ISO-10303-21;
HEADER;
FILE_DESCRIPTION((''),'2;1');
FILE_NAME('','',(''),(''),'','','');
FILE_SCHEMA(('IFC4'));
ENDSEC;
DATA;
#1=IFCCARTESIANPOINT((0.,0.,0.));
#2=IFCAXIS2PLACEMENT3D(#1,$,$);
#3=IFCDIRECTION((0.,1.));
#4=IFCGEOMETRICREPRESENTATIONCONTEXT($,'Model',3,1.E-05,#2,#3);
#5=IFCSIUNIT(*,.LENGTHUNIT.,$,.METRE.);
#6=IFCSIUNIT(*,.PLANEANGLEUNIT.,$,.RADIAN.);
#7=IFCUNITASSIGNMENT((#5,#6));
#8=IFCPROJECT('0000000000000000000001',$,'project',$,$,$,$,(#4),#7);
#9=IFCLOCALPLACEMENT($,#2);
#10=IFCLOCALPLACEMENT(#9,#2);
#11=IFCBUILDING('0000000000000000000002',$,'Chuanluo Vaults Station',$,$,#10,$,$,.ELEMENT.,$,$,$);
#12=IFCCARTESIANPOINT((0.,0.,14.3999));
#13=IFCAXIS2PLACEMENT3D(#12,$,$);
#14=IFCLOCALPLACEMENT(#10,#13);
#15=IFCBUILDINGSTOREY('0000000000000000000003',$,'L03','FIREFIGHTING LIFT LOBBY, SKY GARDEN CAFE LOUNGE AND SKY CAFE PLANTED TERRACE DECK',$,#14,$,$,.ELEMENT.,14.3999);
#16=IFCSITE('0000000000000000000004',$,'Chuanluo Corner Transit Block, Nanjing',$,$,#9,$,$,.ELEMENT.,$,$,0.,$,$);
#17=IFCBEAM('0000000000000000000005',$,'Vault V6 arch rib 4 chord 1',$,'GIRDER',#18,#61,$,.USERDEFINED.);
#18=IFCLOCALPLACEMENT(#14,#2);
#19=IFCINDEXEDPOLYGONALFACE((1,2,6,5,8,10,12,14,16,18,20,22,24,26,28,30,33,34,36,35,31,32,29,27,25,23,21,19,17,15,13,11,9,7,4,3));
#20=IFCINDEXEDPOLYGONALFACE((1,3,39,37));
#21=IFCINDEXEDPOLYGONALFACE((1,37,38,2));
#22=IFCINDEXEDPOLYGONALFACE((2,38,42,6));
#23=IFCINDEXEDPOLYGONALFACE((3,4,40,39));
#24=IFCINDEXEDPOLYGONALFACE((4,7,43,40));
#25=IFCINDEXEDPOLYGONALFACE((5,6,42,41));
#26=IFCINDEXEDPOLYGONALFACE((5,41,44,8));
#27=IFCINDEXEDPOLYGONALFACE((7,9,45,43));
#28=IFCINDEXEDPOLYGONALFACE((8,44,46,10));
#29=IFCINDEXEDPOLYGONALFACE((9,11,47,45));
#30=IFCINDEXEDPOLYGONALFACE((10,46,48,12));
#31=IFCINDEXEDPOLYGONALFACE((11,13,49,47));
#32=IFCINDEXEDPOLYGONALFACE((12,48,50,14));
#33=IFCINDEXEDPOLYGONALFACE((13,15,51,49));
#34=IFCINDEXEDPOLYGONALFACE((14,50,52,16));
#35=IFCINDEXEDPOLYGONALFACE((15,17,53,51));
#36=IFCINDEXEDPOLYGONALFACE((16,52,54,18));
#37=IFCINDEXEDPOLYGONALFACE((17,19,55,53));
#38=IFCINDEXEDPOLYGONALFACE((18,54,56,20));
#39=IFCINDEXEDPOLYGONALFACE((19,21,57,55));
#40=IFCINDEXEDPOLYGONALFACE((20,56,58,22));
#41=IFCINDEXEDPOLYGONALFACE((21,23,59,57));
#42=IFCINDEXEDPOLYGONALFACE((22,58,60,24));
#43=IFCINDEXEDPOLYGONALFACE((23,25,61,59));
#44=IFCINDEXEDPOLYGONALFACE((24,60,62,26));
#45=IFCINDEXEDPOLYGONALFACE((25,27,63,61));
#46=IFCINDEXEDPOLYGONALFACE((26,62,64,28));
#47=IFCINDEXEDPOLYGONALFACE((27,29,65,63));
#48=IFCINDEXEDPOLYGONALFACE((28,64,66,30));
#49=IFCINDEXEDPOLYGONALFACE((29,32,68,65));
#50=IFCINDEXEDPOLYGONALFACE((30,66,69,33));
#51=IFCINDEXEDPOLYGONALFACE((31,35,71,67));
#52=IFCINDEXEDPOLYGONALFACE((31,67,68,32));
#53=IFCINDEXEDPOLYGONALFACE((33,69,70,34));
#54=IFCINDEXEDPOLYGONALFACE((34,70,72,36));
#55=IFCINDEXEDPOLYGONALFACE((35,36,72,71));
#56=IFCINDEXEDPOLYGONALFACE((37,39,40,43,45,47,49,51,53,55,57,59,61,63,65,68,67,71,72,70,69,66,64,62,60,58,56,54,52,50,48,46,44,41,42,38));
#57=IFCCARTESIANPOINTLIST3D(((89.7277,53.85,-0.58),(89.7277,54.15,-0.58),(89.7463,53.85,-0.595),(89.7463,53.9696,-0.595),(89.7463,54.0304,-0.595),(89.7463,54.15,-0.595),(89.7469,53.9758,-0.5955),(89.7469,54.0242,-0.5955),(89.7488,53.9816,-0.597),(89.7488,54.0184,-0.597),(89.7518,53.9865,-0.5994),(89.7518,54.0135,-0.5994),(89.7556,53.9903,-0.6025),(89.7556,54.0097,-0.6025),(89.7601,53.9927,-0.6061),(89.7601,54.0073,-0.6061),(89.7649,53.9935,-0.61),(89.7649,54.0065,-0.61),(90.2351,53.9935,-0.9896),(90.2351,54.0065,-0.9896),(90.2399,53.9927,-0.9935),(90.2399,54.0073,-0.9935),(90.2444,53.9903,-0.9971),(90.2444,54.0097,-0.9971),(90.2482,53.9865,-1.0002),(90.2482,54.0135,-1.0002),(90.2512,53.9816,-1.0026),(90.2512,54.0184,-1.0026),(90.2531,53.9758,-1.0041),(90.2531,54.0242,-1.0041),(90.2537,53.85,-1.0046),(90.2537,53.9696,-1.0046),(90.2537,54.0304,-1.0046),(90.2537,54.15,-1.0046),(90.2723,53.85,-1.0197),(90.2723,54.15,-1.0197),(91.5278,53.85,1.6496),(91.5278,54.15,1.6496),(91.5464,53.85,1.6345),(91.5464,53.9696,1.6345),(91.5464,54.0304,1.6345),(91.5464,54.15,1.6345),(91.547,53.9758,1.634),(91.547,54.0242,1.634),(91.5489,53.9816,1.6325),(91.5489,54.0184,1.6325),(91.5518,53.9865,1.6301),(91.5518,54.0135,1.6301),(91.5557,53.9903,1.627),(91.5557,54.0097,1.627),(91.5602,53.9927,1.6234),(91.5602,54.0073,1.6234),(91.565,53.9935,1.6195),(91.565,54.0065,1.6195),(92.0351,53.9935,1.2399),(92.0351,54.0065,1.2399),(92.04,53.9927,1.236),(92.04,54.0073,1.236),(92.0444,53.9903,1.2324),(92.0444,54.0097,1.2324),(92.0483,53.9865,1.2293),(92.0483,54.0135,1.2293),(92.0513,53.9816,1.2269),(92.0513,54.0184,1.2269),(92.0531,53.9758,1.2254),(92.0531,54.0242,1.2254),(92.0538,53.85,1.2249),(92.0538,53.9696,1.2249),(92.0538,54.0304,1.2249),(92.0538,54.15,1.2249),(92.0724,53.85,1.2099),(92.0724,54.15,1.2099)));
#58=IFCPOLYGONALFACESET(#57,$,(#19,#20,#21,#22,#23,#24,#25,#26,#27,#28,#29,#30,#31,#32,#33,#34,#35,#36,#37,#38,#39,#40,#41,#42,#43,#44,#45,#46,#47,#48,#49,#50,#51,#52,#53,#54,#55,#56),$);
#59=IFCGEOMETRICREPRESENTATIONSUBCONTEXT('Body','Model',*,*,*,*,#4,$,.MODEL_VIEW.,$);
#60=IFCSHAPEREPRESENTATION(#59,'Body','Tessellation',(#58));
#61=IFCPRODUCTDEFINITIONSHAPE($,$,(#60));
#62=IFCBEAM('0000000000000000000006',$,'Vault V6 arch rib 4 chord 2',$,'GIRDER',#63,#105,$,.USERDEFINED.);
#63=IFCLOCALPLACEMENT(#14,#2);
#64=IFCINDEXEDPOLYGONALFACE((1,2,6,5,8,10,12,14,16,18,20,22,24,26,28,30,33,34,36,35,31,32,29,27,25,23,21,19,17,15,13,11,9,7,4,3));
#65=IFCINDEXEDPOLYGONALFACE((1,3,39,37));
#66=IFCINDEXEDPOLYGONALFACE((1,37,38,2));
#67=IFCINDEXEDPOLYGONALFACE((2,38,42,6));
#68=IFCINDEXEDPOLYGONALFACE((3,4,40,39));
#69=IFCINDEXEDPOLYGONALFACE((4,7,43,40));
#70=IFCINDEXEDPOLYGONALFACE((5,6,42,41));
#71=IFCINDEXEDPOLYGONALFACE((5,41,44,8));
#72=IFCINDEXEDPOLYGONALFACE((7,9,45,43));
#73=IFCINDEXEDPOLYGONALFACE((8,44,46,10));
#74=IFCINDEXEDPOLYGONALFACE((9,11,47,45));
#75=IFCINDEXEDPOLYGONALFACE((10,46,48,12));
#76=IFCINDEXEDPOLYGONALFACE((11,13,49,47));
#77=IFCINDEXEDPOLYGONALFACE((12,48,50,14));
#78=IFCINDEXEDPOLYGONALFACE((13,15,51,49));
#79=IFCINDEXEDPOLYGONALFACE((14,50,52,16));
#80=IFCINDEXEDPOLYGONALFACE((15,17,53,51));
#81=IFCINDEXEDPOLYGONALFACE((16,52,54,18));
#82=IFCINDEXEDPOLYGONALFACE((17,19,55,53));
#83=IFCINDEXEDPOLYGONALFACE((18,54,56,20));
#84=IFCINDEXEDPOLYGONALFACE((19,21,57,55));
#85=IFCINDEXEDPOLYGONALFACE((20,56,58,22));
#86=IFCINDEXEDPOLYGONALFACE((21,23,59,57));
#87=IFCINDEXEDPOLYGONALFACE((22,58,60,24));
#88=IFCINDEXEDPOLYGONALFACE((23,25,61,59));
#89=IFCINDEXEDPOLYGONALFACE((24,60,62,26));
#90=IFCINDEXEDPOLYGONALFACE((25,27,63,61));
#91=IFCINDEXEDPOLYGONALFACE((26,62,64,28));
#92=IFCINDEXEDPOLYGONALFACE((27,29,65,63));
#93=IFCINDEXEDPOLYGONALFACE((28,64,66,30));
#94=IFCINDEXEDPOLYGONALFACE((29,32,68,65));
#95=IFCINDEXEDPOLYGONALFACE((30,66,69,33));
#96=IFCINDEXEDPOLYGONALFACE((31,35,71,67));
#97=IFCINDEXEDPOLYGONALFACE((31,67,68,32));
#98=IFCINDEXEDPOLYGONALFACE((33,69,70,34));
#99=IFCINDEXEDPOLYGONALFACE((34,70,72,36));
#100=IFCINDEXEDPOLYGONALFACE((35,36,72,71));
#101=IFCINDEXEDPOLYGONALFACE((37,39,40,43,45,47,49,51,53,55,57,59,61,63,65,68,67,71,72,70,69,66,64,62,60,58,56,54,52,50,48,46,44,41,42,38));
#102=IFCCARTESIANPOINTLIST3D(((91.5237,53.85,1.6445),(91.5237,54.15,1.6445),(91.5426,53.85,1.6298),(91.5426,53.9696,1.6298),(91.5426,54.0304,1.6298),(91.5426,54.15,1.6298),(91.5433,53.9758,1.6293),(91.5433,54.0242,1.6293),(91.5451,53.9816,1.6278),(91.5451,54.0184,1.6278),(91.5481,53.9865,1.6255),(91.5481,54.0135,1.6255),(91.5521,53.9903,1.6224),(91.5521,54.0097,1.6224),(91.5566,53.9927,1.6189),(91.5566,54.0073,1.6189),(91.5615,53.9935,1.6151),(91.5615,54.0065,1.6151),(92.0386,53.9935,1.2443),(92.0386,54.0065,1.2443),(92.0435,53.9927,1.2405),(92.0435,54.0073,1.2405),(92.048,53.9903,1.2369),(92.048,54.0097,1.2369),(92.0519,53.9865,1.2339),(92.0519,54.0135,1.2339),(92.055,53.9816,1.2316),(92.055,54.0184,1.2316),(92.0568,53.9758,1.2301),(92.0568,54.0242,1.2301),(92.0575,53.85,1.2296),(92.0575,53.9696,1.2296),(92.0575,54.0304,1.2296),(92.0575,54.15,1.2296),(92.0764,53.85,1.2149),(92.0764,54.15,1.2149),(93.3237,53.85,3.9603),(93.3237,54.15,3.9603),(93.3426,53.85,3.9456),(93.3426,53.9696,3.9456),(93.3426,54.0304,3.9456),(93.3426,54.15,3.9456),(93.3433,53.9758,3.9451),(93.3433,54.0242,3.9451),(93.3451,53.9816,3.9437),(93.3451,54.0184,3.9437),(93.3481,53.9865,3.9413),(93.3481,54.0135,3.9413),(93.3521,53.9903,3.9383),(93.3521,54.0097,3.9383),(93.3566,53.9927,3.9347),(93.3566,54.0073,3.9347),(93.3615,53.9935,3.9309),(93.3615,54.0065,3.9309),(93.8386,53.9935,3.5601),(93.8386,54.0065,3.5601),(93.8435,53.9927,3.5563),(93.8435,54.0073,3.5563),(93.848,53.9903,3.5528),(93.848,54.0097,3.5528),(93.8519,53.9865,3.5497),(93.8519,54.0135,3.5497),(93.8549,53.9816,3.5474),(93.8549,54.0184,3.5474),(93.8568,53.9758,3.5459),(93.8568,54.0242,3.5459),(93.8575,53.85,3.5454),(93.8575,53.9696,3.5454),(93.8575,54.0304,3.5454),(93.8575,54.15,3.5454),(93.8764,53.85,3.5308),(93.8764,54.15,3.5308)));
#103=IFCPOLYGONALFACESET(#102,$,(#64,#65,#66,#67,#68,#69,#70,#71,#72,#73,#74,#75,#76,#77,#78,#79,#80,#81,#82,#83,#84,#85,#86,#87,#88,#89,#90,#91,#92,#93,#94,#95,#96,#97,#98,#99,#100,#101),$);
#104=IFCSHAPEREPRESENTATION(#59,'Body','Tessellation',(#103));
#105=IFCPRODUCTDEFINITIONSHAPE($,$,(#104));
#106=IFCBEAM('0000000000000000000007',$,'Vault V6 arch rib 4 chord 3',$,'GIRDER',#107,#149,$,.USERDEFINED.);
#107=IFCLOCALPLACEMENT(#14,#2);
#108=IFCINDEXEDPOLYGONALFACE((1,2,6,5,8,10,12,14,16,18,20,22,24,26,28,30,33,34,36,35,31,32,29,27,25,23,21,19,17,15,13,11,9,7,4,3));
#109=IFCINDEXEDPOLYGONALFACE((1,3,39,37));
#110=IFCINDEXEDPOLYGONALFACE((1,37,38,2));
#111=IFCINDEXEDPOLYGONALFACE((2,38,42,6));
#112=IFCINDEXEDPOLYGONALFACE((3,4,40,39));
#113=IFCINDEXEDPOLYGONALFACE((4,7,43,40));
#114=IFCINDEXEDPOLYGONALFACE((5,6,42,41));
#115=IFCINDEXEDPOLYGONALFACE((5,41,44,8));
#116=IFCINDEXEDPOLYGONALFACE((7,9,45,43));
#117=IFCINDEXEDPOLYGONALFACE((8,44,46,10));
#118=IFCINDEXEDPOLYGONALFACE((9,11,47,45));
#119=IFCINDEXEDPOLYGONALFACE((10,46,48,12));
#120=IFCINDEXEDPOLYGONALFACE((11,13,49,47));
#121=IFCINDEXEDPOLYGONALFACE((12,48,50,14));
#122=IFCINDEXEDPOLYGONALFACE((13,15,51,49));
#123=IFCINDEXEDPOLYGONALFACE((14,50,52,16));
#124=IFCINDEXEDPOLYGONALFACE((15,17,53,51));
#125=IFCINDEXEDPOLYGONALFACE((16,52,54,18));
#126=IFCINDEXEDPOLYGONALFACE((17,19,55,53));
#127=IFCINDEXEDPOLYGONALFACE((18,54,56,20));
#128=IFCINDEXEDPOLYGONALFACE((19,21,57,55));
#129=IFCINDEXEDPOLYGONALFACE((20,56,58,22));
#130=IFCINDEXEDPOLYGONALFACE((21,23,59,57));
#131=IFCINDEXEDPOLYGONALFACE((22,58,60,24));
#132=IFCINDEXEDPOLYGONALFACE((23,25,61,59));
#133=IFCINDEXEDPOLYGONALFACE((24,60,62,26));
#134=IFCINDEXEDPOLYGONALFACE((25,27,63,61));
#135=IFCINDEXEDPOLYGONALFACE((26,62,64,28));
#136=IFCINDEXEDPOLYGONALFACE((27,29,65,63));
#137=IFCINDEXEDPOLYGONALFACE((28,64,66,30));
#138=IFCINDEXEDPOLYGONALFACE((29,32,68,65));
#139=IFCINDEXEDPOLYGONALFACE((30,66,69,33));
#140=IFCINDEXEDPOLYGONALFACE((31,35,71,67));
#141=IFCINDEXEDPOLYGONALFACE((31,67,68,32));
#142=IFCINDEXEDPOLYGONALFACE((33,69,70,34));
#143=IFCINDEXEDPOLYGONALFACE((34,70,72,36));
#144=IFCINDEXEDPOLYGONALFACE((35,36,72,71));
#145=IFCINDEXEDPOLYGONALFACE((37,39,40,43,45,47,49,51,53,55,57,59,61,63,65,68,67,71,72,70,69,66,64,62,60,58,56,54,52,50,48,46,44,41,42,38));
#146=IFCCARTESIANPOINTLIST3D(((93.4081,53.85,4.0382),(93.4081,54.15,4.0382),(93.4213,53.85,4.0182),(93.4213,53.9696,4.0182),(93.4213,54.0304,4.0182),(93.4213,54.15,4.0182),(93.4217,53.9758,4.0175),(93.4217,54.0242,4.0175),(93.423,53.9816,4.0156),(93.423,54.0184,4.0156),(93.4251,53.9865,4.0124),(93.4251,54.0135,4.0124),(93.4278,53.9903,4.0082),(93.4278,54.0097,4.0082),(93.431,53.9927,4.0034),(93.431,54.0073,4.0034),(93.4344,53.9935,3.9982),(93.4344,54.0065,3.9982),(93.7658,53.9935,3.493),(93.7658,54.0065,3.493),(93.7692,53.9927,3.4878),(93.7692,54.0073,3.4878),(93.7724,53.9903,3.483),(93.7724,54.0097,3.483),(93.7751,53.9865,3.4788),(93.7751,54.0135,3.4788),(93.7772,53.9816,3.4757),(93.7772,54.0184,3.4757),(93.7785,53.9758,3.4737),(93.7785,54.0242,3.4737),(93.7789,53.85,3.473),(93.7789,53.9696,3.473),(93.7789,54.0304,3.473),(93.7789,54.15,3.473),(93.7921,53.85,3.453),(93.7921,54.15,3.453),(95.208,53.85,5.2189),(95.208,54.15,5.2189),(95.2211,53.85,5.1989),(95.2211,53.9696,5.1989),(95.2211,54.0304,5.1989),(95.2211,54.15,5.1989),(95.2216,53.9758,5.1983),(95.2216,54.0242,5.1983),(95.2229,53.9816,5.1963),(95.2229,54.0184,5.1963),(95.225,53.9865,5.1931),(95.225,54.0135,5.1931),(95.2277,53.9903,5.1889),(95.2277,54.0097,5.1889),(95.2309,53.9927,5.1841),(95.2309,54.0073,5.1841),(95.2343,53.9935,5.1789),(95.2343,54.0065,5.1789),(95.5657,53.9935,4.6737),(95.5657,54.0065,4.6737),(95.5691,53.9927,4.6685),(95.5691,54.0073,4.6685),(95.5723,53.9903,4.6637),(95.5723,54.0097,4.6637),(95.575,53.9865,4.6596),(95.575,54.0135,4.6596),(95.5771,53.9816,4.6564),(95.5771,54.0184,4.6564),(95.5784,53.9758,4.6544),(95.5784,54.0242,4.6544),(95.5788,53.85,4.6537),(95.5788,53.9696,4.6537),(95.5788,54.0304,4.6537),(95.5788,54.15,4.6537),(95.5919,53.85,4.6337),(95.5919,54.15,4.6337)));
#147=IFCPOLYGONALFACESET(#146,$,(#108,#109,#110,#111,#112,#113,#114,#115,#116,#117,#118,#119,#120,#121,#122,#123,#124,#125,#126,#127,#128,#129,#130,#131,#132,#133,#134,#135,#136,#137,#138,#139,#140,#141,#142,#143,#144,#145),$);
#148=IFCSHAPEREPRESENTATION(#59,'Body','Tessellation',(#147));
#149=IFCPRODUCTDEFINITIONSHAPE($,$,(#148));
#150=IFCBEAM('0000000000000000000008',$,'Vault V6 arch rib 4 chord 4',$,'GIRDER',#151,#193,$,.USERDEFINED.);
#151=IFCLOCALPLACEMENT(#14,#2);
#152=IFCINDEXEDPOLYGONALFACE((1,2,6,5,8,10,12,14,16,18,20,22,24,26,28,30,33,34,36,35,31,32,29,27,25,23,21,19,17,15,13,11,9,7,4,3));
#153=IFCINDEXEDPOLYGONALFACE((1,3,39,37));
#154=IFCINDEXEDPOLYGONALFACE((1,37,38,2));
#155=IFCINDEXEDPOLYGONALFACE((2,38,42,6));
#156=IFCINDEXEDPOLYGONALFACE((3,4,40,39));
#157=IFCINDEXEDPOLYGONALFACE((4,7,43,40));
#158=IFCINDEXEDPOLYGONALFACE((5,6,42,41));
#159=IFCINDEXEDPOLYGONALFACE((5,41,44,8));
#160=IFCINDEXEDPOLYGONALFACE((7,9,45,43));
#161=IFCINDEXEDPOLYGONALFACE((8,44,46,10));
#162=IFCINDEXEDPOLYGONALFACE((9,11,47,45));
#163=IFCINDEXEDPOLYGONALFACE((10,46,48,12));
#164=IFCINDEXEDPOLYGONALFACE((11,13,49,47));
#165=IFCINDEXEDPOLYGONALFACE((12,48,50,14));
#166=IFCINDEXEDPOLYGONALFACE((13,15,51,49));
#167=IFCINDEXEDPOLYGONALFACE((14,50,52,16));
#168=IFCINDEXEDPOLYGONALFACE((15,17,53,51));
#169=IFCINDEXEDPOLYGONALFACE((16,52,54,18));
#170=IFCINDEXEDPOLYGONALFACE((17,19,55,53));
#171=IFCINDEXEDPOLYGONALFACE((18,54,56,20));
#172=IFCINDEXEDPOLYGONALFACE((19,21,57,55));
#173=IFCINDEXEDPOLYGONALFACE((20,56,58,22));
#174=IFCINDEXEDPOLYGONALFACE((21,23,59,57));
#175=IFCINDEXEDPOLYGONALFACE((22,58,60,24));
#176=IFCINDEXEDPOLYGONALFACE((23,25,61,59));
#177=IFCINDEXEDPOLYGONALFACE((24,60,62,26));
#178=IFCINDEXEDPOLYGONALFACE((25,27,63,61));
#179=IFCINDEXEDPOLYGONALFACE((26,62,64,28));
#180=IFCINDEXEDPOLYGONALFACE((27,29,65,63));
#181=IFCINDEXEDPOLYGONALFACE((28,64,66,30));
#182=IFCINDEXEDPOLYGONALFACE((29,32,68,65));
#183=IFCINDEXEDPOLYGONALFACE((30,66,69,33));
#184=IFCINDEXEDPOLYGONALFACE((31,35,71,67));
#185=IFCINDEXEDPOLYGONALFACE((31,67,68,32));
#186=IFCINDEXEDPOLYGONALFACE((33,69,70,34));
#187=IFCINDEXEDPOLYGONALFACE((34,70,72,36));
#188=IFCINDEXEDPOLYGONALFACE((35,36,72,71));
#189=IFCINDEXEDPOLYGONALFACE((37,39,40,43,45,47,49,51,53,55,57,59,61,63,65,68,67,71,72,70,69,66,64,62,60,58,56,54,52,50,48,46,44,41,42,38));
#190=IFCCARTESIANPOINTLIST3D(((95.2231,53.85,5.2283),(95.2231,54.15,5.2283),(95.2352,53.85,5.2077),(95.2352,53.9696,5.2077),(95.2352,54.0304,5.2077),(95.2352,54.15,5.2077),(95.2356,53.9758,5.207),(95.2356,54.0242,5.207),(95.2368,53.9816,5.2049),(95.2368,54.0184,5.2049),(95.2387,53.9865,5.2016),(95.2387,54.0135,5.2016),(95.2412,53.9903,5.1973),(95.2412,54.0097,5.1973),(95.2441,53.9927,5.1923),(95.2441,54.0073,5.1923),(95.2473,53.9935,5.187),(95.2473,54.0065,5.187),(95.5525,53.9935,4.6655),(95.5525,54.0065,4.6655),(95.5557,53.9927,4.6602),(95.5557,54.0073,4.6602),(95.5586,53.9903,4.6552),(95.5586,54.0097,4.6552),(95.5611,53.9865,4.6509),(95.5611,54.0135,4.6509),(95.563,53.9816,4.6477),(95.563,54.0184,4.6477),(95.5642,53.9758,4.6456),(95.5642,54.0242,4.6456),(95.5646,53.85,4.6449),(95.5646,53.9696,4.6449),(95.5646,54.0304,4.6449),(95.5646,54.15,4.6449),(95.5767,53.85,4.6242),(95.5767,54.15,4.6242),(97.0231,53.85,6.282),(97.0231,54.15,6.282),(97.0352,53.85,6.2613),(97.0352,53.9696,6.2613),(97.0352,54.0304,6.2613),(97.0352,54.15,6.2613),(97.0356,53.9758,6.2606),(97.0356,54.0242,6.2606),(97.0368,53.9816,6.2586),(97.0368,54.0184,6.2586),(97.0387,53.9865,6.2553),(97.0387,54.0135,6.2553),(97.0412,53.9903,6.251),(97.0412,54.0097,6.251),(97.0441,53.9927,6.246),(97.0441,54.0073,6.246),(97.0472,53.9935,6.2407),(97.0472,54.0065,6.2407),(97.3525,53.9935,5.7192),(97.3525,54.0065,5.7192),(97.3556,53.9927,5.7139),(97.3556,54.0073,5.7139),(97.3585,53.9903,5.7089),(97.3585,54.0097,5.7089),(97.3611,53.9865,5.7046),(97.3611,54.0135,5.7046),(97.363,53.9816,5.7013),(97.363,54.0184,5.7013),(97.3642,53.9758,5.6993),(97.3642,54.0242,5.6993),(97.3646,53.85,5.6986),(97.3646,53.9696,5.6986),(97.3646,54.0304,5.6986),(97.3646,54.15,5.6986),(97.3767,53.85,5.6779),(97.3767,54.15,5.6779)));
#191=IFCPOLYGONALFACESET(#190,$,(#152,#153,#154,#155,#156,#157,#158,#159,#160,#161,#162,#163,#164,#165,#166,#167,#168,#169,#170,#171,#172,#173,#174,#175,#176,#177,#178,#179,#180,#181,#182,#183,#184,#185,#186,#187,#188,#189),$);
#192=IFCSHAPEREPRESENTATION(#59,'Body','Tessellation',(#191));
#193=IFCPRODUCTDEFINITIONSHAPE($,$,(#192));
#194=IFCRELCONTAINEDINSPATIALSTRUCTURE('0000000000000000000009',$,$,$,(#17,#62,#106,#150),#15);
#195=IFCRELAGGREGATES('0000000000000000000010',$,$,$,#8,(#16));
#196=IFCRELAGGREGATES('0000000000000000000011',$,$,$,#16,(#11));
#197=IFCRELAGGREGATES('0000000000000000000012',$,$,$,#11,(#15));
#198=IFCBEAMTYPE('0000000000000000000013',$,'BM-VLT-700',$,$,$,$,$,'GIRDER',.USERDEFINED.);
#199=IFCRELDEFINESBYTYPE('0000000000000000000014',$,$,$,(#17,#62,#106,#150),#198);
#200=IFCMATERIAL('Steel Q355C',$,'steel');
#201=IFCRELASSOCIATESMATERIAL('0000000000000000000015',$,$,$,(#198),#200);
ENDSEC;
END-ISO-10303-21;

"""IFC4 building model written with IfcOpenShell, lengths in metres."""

from ifc_helpers import new_model, si_unit, direction, frame, origin, origin_2d, place, context, subcontext, project, spatial, i_section, extrude, material, material_profile, profile_set, type_object, element, save


model = new_model("IFC4")

# Units and contexts
model_context = context("Model", 3, precision=1e-05, world=origin(), true_north=direction((0.0, 1.0)))
body_context = subcontext(model_context, "Body", "Model", "MODEL_VIEW")
ifc_project = project(units=[si_unit("LENGTHUNIT", "METRE"), si_unit("PLANEANGLEUNIT", "RADIAN")], contexts=[model_context])

# Site, building, storey
site_placement = place(None, origin())
site = spatial("IfcSite", under=ifc_project, at=site_placement, Name="Chuanluo Corner Transit Block, Nanjing", CompositionType="ELEMENT", RefElevation=0.0)
building_placement = place(site_placement, origin())
building = spatial("IfcBuilding", under=site, at=building_placement, Name="Chuanluo Vaults Station", CompositionType="ELEMENT")
storey_placement = place(building_placement, frame((0.0, 0.0, 14.3999)))
storey = spatial("IfcBuildingStorey", under=building, at=storey_placement, Name="L03", Description="FIREFIGHTING LIFT LOBBY, SKY GARDEN CAFE LOUNGE AND SKY CAFE PLANTED TERRACE DECK", CompositionType="ELEMENT", Elevation=14.3999)

# Beams
ifc_material_1 = material(Name="Steel Q355C", Category="steel")
ifc_material_profile_1 = material_profile(ifc_material_1, i_section(OverallWidth=0.3, OverallDepth=0.7, WebThickness=0.0129, FlangeThickness=0.0239, FilletRadius=0.0239, at=origin_2d()))
ifc_profile_set_1 = profile_set([ifc_material_profile_1], Name="Steel Q355C")
beam_type = type_object("IfcBeamType", Name="BM-VLT-700", ElementType="GIRDER", PredefinedType="USERDEFINED", material=ifc_profile_set_1)
beam_1_placement = place(storey_placement, frame((90.0, 54.0, -0.7998), z_axis=(0.62819, 0.0, 0.77806), x_axis=(0.0, 1.0, 0.0)))
element("IfcBeam", 1, at=beam_1_placement, inside=storey, type_object=beam_type, Name="Vault V6 arch rib 4 chord 1", ObjectType="GIRDER", PredefinedType="USERDEFINED", context=body_context, shape_type="SweptSolid", body=[
    extrude(i_section(OverallWidth=0.3, OverallDepth=0.7, WebThickness=0.0129, FlangeThickness=0.0239, FilletRadius=0.0239, at=origin_2d()), origin(), (0.0, 0.0, 1.0), 2.8655),
])
beam_2_placement = place(storey_placement, frame((91.8, 54.0, 1.4297), z_axis=(0.613681, 0.0, 0.789554), x_axis=(0.0, 1.0, 0.0)))
element("IfcBeam", 2, at=beam_2_placement, inside=storey, type_object=beam_type, Name="Vault V6 arch rib 4 chord 2", ObjectType="GIRDER", PredefinedType="USERDEFINED", context=body_context, shape_type="SweptSolid", body=[
    extrude(i_section(OverallWidth=0.3, OverallDepth=0.7, WebThickness=0.0129, FlangeThickness=0.0239, FilletRadius=0.0239, at=origin_2d()), origin(), (0.0, 0.0, 1.0), 2.9331),
])
beam_3_placement = place(storey_placement, frame((93.6001, 54.0, 3.7456), z_axis=(0.836145, 0.0, 0.548508), x_axis=(0.0, 1.0, 0.0)))
element("IfcBeam", 3, at=beam_3_placement, inside=storey, type_object=beam_type, Name="Vault V6 arch rib 4 chord 3", ObjectType="GIRDER", PredefinedType="USERDEFINED", context=body_context, shape_type="SweptSolid", body=[
    extrude(i_section(OverallWidth=0.3, OverallDepth=0.7, WebThickness=0.0129, FlangeThickness=0.0239, FilletRadius=0.0239, at=origin_2d()), origin(), (0.0, 0.0, 1.0), 2.1526),
])
beam_4_placement = place(storey_placement, frame((95.3999, 54.0, 4.9263), z_axis=(0.863009, 0.0, 0.505188), x_axis=(0.0, 1.0, 0.0)))
element("IfcBeam", 4, at=beam_4_placement, inside=storey, type_object=beam_type, Name="Vault V6 arch rib 4 chord 4", ObjectType="GIRDER", PredefinedType="USERDEFINED", context=body_context, shape_type="SweptSolid", body=[
    extrude(i_section(OverallWidth=0.3, OverallDepth=0.7, WebThickness=0.0129, FlangeThickness=0.0239, FilletRadius=0.0239, at=origin_2d()), origin(), (0.0, 0.0, 1.0), 2.0857),
])

save(model, "model.ifc")
